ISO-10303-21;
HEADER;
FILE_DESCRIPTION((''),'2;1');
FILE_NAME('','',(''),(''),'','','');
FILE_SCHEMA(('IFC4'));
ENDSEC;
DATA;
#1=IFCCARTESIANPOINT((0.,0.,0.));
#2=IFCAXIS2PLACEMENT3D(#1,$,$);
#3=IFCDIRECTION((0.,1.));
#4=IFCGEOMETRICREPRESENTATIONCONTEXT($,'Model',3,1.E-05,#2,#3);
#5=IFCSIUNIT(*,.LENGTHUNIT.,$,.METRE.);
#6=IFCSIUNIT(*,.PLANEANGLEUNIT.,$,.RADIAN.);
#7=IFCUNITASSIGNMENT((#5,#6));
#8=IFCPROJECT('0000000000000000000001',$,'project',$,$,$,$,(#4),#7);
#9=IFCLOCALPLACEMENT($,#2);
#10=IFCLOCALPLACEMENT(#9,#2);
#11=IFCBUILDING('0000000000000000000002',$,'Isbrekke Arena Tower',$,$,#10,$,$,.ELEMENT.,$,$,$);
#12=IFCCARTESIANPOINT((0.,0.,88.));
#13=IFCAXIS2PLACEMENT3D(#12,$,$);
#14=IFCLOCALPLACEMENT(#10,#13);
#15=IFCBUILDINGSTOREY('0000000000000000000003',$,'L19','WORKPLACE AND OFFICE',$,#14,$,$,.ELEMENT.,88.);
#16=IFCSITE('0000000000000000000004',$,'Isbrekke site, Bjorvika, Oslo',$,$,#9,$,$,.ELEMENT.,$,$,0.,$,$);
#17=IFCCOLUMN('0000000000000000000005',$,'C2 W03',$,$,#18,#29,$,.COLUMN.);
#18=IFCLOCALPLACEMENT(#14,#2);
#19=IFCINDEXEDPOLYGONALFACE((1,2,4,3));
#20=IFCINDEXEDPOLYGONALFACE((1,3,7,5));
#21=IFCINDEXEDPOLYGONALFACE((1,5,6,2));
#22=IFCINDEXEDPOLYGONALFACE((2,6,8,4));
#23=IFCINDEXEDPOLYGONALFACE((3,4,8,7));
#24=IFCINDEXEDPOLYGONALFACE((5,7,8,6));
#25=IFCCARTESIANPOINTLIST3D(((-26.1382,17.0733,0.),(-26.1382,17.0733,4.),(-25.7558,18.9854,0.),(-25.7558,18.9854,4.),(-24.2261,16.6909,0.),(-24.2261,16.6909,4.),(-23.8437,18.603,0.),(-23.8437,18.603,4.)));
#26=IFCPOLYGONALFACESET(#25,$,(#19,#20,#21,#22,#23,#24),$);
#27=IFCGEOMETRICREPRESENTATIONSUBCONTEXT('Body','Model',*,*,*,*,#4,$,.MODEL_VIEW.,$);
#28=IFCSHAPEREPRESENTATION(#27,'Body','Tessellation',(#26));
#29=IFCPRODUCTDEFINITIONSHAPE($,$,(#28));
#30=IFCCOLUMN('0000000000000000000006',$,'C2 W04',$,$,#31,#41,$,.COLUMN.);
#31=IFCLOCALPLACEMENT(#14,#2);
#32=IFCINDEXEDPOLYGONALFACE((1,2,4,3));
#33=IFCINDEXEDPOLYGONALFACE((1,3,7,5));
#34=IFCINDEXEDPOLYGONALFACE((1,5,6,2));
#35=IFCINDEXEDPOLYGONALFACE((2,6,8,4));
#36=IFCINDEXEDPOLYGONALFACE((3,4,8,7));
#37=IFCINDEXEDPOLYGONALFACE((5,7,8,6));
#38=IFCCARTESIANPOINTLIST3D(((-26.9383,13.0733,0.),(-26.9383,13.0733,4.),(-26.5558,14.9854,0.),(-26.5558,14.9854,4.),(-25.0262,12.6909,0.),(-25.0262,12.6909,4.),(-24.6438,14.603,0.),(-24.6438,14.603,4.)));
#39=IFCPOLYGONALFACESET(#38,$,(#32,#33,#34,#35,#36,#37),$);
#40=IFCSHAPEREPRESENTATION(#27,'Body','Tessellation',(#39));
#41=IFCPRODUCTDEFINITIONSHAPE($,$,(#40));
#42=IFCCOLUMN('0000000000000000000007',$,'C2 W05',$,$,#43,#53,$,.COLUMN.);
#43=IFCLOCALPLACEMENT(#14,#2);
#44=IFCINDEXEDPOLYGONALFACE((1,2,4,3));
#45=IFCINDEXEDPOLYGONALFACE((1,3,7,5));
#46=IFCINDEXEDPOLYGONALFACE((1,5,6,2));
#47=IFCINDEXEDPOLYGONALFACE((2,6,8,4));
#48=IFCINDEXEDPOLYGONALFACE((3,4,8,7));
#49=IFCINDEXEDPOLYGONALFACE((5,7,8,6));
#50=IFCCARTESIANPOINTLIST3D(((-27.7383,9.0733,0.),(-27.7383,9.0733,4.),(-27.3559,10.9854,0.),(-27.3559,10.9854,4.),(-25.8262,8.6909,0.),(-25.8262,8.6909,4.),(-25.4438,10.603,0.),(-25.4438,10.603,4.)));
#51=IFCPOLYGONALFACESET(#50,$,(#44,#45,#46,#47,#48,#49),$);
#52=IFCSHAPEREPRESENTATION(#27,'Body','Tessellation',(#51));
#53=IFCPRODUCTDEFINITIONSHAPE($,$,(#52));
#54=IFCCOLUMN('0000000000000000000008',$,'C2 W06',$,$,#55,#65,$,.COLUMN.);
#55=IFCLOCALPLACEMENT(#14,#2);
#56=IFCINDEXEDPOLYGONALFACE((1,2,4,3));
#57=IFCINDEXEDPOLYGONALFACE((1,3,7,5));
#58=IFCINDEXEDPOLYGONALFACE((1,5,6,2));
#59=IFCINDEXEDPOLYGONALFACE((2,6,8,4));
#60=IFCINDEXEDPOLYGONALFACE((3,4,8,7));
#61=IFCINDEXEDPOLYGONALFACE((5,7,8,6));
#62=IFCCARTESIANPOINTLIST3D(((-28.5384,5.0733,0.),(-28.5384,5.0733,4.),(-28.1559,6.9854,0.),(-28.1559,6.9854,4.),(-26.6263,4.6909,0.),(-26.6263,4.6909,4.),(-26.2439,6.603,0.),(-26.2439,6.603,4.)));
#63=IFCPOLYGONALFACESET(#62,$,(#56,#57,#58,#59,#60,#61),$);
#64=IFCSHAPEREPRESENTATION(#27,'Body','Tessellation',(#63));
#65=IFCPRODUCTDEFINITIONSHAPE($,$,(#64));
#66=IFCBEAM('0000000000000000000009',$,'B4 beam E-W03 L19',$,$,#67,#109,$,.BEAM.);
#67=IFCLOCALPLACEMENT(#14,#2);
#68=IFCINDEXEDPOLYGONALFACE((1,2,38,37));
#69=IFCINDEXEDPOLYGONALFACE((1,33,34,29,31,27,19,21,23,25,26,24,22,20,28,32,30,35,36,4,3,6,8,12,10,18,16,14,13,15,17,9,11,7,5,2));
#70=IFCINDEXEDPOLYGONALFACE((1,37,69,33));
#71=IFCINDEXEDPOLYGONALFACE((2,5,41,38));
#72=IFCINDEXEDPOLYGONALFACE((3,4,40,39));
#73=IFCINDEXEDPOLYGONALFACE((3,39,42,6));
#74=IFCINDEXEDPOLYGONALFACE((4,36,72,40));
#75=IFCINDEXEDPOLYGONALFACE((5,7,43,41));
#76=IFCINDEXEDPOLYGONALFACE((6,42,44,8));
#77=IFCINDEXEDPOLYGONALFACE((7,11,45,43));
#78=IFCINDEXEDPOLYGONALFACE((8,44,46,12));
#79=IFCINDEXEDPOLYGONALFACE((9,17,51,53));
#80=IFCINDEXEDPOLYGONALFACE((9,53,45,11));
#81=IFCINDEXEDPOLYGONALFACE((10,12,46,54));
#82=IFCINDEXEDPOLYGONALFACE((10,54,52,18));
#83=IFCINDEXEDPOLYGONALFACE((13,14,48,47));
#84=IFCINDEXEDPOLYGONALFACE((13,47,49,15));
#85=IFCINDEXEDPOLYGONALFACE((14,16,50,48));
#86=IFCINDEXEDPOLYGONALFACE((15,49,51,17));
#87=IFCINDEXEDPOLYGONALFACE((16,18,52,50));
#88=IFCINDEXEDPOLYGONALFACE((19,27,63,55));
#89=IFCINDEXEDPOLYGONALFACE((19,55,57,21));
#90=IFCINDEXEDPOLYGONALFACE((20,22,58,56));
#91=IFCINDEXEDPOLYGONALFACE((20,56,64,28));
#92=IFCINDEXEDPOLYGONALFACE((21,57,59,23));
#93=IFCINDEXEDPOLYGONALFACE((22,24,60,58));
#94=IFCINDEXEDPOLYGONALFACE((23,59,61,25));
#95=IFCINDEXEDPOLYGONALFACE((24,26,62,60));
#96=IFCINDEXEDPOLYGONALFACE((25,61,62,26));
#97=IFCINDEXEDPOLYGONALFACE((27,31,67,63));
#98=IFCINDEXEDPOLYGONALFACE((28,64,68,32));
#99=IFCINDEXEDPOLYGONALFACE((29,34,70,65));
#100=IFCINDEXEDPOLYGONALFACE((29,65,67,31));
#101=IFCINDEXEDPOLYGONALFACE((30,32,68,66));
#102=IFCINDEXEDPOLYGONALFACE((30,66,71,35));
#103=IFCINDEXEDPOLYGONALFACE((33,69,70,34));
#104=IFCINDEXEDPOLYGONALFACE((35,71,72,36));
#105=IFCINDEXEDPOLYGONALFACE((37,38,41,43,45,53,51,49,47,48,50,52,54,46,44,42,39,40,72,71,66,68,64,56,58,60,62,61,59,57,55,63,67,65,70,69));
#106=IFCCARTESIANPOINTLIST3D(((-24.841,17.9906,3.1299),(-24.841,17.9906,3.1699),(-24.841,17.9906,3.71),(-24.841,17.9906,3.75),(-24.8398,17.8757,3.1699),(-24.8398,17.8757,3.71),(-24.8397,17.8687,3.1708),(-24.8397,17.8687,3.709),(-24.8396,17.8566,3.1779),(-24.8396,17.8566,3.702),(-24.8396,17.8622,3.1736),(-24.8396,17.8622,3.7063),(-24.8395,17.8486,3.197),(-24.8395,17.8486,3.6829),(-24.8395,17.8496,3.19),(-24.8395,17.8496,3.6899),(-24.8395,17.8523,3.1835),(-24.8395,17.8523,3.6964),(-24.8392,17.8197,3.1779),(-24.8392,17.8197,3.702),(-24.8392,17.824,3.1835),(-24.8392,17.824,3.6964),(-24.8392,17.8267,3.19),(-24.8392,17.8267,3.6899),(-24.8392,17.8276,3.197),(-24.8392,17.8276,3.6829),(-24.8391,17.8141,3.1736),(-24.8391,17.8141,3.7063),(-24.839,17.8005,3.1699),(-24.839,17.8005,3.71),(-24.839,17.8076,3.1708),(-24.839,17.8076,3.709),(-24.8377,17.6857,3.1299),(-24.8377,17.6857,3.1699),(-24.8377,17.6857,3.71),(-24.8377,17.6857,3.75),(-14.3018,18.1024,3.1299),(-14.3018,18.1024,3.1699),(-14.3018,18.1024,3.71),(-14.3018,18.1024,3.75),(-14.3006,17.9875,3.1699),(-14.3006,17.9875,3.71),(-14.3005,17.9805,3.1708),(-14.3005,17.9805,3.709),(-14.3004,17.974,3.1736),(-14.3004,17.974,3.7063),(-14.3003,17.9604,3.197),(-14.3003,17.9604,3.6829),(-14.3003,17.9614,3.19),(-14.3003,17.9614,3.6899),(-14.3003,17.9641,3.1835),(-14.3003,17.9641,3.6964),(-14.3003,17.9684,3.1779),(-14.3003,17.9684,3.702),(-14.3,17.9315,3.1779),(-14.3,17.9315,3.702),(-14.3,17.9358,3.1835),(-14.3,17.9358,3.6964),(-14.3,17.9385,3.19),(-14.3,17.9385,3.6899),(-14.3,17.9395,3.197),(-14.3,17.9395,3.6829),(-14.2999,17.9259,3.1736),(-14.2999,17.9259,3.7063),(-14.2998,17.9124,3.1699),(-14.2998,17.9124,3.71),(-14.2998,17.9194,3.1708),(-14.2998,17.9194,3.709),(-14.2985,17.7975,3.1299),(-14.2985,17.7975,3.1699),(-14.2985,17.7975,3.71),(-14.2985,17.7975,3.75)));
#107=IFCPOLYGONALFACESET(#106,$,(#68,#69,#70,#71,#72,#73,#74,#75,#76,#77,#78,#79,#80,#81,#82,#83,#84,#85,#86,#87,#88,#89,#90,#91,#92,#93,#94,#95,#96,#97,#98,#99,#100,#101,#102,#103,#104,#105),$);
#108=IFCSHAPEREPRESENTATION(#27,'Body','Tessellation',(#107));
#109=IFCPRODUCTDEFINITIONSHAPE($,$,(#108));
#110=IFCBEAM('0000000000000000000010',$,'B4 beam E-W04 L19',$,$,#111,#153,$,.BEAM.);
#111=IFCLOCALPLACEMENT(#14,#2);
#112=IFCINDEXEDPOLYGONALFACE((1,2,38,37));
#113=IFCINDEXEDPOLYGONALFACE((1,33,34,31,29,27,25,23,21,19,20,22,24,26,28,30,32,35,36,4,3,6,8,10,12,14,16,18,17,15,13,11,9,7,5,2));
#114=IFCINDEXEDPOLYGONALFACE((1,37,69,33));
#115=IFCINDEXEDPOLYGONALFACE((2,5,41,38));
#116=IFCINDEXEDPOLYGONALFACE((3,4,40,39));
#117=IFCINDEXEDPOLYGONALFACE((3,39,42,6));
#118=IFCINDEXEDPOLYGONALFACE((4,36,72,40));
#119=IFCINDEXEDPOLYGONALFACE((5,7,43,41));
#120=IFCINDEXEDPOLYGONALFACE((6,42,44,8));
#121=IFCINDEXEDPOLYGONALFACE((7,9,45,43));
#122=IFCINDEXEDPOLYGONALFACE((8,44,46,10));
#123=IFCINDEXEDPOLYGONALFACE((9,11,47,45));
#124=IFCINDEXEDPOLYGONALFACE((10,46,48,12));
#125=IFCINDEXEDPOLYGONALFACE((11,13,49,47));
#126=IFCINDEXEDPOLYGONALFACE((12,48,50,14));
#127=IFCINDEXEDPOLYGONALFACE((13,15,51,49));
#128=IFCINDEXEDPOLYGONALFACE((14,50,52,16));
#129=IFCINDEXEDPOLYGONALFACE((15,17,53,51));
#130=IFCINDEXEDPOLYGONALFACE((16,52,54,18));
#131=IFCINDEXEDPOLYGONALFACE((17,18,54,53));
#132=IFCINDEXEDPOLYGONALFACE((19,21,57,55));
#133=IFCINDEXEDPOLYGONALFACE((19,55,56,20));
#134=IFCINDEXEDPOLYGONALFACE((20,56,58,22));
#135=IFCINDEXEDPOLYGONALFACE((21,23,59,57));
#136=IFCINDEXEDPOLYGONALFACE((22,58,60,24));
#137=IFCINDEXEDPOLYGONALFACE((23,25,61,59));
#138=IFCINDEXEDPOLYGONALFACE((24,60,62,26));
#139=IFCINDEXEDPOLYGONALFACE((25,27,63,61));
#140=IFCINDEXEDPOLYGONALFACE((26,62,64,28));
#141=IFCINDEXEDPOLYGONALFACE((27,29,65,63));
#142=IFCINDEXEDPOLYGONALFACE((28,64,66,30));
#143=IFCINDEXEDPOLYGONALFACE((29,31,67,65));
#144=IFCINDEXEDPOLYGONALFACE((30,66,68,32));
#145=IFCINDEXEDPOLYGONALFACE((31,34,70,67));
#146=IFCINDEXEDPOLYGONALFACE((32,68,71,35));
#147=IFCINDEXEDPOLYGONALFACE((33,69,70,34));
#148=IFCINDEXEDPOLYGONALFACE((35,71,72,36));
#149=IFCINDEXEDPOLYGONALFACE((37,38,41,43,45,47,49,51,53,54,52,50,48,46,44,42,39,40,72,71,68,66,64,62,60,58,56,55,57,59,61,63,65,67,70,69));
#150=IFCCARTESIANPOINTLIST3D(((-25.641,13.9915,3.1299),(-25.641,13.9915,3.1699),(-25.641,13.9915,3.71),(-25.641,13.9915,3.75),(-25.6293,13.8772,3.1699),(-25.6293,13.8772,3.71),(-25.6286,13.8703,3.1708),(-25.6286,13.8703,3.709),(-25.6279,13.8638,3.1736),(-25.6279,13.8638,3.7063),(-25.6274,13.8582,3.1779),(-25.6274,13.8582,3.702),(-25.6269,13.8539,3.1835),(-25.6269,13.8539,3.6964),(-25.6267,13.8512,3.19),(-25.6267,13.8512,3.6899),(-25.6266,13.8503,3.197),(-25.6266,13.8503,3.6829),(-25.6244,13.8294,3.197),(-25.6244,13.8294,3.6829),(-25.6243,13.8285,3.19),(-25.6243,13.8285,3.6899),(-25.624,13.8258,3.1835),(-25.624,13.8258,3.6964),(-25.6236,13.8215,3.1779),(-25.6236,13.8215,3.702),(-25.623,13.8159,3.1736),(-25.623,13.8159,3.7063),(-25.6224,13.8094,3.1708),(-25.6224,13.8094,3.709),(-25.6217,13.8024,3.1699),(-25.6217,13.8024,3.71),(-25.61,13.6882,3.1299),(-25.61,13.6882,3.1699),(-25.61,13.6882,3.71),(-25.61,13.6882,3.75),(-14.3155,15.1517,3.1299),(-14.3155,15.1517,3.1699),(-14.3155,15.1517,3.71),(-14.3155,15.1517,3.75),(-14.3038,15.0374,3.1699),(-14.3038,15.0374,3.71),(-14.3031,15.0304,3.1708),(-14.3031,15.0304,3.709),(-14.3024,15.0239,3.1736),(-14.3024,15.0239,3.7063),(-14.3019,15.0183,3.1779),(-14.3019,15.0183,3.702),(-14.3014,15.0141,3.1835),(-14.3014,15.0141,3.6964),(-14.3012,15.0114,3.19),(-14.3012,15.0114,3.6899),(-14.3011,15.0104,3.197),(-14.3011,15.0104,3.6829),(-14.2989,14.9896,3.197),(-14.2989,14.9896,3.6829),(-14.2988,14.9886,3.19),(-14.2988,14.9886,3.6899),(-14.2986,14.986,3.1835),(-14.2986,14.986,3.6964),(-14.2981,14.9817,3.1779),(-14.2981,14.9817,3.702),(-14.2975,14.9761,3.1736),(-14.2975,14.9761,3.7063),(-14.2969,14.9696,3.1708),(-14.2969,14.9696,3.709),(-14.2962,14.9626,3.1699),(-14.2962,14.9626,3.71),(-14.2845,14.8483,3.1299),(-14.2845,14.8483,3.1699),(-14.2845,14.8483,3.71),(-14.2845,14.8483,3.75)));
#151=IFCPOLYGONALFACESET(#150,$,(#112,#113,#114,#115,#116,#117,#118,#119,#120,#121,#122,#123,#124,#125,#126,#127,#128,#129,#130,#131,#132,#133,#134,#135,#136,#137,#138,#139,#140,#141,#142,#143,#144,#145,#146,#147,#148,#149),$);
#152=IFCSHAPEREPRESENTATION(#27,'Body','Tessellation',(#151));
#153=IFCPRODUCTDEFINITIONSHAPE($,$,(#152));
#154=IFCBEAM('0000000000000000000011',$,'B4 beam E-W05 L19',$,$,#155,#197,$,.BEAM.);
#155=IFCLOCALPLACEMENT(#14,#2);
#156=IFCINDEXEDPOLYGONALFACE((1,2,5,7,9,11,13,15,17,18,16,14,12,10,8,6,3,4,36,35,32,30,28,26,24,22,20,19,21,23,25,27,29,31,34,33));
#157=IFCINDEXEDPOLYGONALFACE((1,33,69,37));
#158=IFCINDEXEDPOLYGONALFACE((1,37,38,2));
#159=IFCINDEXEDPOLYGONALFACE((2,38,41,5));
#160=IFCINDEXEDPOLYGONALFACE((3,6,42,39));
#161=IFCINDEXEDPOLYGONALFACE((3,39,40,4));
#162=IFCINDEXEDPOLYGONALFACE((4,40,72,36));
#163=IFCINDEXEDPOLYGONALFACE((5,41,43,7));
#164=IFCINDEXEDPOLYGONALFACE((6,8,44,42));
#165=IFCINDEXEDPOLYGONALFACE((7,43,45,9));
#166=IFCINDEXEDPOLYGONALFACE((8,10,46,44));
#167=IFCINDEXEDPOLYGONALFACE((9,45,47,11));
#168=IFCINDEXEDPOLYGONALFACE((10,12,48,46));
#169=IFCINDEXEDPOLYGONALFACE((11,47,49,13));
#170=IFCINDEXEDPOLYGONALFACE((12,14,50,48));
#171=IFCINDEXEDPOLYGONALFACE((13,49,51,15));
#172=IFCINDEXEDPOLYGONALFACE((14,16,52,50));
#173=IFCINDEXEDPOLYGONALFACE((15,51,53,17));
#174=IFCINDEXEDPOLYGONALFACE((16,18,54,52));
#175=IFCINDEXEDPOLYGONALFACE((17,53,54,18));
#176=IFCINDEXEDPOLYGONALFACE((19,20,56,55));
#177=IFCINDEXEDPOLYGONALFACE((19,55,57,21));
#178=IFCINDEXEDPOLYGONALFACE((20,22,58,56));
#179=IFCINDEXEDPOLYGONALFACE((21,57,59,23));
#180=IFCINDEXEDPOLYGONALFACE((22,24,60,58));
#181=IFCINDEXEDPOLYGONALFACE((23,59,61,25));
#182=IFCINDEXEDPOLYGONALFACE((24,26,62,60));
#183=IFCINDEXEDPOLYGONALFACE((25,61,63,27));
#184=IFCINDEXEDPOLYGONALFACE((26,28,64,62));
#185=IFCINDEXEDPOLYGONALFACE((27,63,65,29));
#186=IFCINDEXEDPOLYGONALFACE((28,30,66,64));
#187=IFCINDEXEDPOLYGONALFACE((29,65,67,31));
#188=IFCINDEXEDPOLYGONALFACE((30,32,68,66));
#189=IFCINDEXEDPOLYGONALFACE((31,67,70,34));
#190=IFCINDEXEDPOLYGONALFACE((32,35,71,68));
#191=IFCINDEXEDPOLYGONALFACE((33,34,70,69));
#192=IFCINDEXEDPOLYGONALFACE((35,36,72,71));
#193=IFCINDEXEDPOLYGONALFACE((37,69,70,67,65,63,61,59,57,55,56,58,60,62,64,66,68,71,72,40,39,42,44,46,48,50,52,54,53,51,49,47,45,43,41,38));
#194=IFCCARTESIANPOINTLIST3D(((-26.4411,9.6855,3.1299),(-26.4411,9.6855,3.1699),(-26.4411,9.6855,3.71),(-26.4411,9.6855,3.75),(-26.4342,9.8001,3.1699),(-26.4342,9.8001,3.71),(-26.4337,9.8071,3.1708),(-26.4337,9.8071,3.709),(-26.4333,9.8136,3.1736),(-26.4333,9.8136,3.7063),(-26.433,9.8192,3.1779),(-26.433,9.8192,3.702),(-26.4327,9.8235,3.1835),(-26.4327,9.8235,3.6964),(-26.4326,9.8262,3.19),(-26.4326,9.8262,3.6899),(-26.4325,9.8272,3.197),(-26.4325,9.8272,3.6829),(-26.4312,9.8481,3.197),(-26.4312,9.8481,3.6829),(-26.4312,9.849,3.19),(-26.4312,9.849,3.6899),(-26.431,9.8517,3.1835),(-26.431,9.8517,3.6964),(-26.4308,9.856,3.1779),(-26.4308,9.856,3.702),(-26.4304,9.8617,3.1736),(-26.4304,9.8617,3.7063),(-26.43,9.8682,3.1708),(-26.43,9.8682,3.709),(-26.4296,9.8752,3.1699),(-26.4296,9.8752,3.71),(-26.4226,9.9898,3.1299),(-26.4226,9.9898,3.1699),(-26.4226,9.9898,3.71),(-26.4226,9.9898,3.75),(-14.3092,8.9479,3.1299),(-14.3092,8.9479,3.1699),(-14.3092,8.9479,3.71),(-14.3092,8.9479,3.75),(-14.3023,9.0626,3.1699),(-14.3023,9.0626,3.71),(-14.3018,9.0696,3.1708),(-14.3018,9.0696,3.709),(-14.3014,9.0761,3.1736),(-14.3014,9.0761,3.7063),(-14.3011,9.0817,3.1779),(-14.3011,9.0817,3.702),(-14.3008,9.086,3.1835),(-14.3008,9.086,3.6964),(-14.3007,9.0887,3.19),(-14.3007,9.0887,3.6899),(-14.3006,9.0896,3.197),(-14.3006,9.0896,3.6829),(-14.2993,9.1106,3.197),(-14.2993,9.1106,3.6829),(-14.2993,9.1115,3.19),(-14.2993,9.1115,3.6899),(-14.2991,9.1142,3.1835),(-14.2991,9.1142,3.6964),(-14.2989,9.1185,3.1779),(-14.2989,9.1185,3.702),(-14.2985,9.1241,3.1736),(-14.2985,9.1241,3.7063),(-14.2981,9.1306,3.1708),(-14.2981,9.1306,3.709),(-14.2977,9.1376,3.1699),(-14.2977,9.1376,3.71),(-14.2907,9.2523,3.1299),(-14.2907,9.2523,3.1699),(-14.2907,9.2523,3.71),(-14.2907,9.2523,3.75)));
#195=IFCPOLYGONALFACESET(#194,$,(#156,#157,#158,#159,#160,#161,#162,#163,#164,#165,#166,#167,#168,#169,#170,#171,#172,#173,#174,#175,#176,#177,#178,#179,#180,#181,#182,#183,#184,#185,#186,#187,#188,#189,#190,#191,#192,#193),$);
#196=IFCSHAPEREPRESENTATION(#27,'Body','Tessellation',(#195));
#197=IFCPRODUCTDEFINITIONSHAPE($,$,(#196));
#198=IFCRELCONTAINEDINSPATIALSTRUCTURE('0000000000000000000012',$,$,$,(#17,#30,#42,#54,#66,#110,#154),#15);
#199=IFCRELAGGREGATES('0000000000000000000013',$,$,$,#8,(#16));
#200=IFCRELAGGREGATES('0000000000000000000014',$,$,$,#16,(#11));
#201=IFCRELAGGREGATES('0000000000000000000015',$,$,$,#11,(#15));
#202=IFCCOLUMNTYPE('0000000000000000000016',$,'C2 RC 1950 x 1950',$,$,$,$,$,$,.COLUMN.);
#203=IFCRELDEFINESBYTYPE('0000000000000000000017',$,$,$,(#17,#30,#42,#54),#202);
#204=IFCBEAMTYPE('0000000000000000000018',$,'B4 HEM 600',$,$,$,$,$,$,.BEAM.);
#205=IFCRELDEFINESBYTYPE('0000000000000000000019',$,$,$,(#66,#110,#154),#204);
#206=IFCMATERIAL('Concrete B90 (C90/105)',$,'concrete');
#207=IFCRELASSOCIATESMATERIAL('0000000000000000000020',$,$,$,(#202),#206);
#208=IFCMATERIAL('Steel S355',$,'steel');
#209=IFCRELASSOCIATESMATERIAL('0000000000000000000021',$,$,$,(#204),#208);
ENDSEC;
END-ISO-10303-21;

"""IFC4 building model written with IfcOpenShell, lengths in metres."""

from ifc_helpers import new_model, si_unit, direction, frame, origin, origin_2d, place, context, subcontext, project, spatial, rectangle, i_section, extrude, material, material_profile, profile_set, type_object, element, save


model = new_model("IFC4")

# Units and contexts
model_context = context("Model", 3, precision=1e-05, world=origin(), true_north=direction((0.0, 1.0)))
body_context = subcontext(model_context, "Body", "Model", "MODEL_VIEW")
ifc_project = project(units=[si_unit("LENGTHUNIT", "METRE"), si_unit("PLANEANGLEUNIT", "RADIAN")], contexts=[model_context])

# Site, building, storey
site_placement = place(None, origin())
site = spatial("IfcSite", under=ifc_project, at=site_placement, Name="Isbrekke site, Bjorvika, Oslo", CompositionType="ELEMENT", RefElevation=0.0)
building_placement = place(site_placement, origin())
building = spatial("IfcBuilding", under=site, at=building_placement, Name="Isbrekke Arena Tower", CompositionType="ELEMENT")
storey_placement = place(building_placement, frame((0.0, 0.0, 88.0)))
storey = spatial("IfcBuildingStorey", under=building, at=storey_placement, Name="L19", Description="WORKPLACE AND OFFICE", CompositionType="ELEMENT", Elevation=88.0)

# Columns
ifc_material_1 = material(Name="Concrete B90 (C90/105)", Category="concrete")
ifc_material_profile_1 = material_profile(ifc_material_1, rectangle(XDim=1.95, YDim=1.95, at=origin_2d()), Name="RC 1950x1950")
ifc_profile_set_1 = profile_set([ifc_material_profile_1], Name="Concrete B90 (C90/105)")
column_type = type_object("IfcColumnType", Name="C2 RC 1950 x 1950", PredefinedType="COLUMN", material=ifc_profile_set_1)
for number, where, z_axis, x_axis, name in (
    (1, (-24.991, 17.8381, 0.0), (0.0, 0.0, 1.0), (-0.196116, -0.980581, 0.0), "C2 W03"),
    (2, (-25.791, 13.8381, 0.0), (0.0, 0.0, 1.0), (-0.196116, -0.980581, 0.0), "C2 W04"),
    (3, (-26.5911, 9.8381, 0.0), (0.0, 0.0, 1.0), (-0.196116, -0.980581, 0.0), "C2 W05"),
    (4, (-27.3911, 5.8381, 0.0), (0.0, 0.0, 1.0), (-0.196116, -0.980581, 0.0), "C2 W06"),
):
    element("IfcColumn", number, at=place(storey_placement, frame(where, z_axis=z_axis, x_axis=x_axis)), inside=storey, type_object=column_type, Name=name, PredefinedType="COLUMN", context=body_context, shape_type="SweptSolid", body=[
        extrude(rectangle(XDim=1.95, YDim=1.95, at=origin_2d()), origin(), (0.0, 0.0, 1.0), 4.0),
    ])

# Beams
ifc_material_2 = material(Name="Steel S355", Category="steel")
ifc_material_profile_2 = material_profile(ifc_material_2, i_section(OverallWidth=0.3049, OverallDepth=0.6201, WebThickness=0.021, FlangeThickness=0.04, FilletRadius=0.0271, at=origin_2d()), Name="HEM 600")
ifc_profile_set_2 = profile_set([ifc_material_profile_2], Name="Steel S355")
beam_type_1 = type_object("IfcBeamType", Name="B4 HEM 600", PredefinedType="BEAM", material=ifc_profile_set_2)
beam_1_placement = place(storey_placement, frame((-24.8394, 17.8381, 3.4399), z_axis=(0.999944, 0.010609, 0.0), x_axis=(-0.010609, 0.999944, 0.0)))
element("IfcBeam", 5, at=beam_1_placement, inside=storey, type_object=beam_type_1, Name="B4 beam E-W03 L19", PredefinedType="BEAM", context=body_context, shape_type="SweptSolid", body=[
    extrude(i_section(OverallWidth=0.3049, OverallDepth=0.6201, WebThickness=0.021, FlangeThickness=0.04, FilletRadius=0.0271, at=origin_2d()), origin(), (0.0, 0.0, 1.0), 10.5398),
])
beam_2_placement = place(storey_placement, frame((-25.6255, 13.8398, 3.4399), z_axis=(0.994794, 0.101905, 0.0), x_axis=(-0.101905, 0.994794, 0.0)))
element("IfcBeam", 6, at=beam_2_placement, inside=storey, type_object=beam_type_1, Name="B4 beam E-W04 L19", PredefinedType="BEAM", context=body_context, shape_type="SweptSolid", body=[
    extrude(i_section(OverallWidth=0.3049, OverallDepth=0.6201, WebThickness=0.021, FlangeThickness=0.04, FilletRadius=0.0271, at=origin_2d()), origin(), (0.0, 0.0, 1.0), 11.3848),
])
beam_3_placement = place(storey_placement, frame((-26.4319, 9.8376, 3.4399), z_axis=(0.998157, -0.060682, 0.0), x_axis=(0.060682, 0.998157, 0.0)))
element("IfcBeam", 7, at=beam_3_placement, inside=storey, type_object=beam_type_1, Name="B4 beam E-W05 L19", PredefinedType="BEAM", context=body_context, shape_type="SweptSolid", body=[
    extrude(i_section(OverallWidth=0.3049, OverallDepth=0.6201, WebThickness=0.021, FlangeThickness=0.04, FilletRadius=0.0271, at=origin_2d()), origin(), (0.0, 0.0, 1.0), 12.1543),
])

save(model, "model.ifc")
